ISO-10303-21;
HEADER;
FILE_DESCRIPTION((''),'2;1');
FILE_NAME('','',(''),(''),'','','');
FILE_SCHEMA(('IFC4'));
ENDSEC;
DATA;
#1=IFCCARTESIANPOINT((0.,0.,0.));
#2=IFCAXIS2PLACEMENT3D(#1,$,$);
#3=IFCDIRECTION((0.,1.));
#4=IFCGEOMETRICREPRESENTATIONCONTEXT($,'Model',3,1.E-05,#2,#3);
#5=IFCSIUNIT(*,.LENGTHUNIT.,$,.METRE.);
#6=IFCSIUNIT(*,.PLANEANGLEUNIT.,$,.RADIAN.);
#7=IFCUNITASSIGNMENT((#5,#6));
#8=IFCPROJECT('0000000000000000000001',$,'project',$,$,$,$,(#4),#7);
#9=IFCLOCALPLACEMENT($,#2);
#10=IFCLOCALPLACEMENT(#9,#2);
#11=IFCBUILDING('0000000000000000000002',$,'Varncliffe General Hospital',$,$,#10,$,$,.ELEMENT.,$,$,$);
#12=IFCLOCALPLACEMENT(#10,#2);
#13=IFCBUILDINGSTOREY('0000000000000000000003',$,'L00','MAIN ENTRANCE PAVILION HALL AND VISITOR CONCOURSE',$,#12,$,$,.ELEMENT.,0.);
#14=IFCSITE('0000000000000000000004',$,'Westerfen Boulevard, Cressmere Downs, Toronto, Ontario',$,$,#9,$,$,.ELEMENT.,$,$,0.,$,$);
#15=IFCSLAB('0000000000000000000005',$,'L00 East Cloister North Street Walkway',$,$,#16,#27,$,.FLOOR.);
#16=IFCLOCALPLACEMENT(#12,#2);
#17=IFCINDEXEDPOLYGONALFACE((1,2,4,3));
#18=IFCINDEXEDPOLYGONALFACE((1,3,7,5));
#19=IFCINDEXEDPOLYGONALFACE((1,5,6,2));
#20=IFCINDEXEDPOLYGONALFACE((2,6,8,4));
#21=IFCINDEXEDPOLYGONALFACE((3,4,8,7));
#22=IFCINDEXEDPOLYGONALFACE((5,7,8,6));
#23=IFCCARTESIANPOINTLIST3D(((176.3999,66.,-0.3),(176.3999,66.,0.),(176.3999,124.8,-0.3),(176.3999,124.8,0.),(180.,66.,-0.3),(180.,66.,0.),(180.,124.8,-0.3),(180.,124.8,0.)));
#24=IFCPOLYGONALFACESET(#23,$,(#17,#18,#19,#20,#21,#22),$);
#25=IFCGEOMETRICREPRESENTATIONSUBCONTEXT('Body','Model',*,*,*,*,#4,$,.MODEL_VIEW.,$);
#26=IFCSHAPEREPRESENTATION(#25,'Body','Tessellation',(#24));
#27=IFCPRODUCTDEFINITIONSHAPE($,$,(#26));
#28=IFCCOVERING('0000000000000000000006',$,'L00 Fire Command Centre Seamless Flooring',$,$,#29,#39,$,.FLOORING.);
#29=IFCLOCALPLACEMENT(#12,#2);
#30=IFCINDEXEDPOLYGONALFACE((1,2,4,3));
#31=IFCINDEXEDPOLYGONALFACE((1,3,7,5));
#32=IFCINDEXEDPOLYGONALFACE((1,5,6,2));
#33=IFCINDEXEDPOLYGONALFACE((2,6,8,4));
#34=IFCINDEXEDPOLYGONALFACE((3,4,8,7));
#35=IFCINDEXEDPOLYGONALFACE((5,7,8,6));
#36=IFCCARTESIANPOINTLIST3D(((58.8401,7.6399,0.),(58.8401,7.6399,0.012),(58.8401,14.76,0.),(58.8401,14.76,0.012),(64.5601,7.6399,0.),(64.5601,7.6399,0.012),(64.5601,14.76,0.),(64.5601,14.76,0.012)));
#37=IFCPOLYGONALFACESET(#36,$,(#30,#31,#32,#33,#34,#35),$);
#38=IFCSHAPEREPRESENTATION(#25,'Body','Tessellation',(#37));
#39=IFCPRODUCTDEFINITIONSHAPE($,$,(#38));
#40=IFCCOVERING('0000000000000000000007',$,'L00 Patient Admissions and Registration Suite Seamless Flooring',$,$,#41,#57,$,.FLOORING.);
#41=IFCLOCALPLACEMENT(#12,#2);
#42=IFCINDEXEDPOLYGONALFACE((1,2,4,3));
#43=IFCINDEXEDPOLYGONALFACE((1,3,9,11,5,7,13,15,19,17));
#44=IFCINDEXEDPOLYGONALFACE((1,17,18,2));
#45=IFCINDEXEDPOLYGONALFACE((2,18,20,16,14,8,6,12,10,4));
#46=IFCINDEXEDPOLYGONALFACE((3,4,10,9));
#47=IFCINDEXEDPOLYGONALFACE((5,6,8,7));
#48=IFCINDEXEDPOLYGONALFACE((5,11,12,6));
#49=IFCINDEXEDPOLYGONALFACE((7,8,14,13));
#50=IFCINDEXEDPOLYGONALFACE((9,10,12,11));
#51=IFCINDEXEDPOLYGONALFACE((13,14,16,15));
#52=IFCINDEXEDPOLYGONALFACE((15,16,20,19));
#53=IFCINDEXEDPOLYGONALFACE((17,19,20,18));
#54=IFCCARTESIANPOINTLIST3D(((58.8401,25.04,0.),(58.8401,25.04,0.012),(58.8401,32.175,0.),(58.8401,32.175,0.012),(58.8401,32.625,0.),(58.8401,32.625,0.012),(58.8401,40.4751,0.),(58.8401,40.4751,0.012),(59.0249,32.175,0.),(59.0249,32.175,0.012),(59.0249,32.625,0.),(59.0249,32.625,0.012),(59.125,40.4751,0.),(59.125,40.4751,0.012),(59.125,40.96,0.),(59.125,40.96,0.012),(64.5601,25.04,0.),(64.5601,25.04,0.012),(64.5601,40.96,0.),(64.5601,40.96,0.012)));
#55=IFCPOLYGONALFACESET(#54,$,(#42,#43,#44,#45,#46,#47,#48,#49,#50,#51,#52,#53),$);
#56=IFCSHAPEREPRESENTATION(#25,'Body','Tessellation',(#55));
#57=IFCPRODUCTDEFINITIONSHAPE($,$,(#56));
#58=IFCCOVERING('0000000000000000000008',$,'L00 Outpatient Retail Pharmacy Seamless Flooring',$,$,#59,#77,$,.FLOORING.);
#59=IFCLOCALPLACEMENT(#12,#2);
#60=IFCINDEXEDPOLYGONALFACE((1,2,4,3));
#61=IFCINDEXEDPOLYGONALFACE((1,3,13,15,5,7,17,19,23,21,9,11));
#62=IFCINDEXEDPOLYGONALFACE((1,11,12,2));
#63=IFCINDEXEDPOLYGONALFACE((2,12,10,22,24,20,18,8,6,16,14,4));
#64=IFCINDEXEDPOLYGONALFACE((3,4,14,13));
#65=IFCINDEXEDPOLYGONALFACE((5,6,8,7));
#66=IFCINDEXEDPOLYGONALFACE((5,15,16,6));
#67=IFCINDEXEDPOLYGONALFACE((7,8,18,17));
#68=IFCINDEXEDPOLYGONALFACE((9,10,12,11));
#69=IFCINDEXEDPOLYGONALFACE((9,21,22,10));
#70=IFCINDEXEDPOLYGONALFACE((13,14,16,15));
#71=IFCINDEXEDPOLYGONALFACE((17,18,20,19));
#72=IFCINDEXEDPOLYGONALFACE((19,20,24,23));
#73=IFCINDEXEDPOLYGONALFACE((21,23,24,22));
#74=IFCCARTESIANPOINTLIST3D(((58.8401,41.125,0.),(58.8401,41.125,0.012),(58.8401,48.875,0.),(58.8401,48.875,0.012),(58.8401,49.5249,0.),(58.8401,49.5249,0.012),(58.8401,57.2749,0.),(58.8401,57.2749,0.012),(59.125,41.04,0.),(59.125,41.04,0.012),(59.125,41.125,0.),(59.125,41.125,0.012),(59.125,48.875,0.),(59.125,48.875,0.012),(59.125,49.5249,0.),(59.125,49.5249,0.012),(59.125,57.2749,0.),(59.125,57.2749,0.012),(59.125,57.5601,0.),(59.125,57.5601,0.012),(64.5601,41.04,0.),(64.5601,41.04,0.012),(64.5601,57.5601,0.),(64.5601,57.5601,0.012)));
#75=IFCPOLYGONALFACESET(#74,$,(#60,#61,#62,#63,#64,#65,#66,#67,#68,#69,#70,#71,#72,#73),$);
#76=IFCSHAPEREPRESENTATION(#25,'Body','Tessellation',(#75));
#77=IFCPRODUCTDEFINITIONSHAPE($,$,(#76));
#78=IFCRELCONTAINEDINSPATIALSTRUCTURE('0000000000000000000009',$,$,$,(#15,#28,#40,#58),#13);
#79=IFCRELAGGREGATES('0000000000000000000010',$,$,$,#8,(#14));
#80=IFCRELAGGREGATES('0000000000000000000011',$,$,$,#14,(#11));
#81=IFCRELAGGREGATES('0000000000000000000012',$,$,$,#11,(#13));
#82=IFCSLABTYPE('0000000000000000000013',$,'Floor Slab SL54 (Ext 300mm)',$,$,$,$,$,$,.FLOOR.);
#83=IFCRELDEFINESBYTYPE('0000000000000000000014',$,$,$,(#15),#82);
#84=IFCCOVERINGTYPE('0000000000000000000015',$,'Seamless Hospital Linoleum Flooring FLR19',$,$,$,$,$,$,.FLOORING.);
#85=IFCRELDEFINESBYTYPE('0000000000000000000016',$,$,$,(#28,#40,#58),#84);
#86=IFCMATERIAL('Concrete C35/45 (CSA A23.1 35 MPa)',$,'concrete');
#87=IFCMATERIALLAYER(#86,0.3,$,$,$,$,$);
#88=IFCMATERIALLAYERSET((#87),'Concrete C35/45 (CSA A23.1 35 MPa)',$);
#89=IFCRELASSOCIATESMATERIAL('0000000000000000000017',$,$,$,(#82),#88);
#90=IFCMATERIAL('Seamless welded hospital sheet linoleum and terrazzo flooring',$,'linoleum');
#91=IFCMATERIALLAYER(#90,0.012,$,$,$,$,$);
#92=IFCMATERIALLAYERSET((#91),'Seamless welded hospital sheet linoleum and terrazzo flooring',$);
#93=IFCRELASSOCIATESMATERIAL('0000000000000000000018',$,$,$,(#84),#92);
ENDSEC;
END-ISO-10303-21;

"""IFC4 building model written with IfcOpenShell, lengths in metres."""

from ifc_helpers import new_model, si_unit, direction, frame, origin, place, context, subcontext, project, spatial, polyline, outline, extrude, material, layer, layer_set, type_object, element, save


model = new_model("IFC4")

# Units and contexts
model_context = context("Model", 3, precision=1e-05, world=origin(), true_north=direction((0.0, 1.0)))
body_context = subcontext(model_context, "Body", "Model", "MODEL_VIEW")
ifc_project = project(units=[si_unit("LENGTHUNIT", "METRE"), si_unit("PLANEANGLEUNIT", "RADIAN")], contexts=[model_context])

# Site, building, storey
site_placement = place(None, origin())
site = spatial("IfcSite", under=ifc_project, at=site_placement, Name="Westerfen Boulevard, Cressmere Downs, Toronto, Ontario", CompositionType="ELEMENT", RefElevation=0.0)
building_placement = place(site_placement, origin())
building = spatial("IfcBuilding", under=site, at=building_placement, Name="Varncliffe General Hospital", CompositionType="ELEMENT")
storey_placement = place(building_placement, origin())
storey = spatial("IfcBuildingStorey", under=building, at=storey_placement, Name="L00", Description="MAIN ENTRANCE PAVILION HALL AND VISITOR CONCOURSE", CompositionType="ELEMENT", Elevation=0.0)

# Shared definitions
ifc_material_1 = material(Name="Concrete C35/45 (CSA A23.1 35 MPa)", Category="concrete")

# Slab
ifc_layer_1 = layer(ifc_material_1, 0.3)
ifc_layer_set_1 = layer_set([ifc_layer_1], Name="Concrete C35/45 (CSA A23.1 35 MPa)")
slab_type_1 = type_object("IfcSlabType", Name="Floor Slab SL54 (Ext 300mm)", PredefinedType="FLOOR", material=ifc_layer_set_1)
slab_1_placement = place(storey_placement, frame((0.0, 0.0, -0.3)))
element("IfcSlab", 1, at=slab_1_placement, inside=storey, type_object=slab_type_1, Name="L00 East Cloister North Street Walkway", PredefinedType="FLOOR", context=body_context, shape_type="SweptSolid", body=[
    extrude(outline(polyline([(176.3999, 66.0), (180.0, 66.0), (180.0, 124.8), (176.3999, 124.8), (176.3999, 66.0)])), origin(), (0.0, 0.0, 1.0), 0.3),
])

# Coverings
ifc_material_2 = material(Name="Seamless welded hospital sheet linoleum and terrazzo flooring", Category="linoleum")
ifc_layer_2 = layer(ifc_material_2, 0.012)
ifc_layer_set_2 = layer_set([ifc_layer_2], Name="Seamless welded hospital sheet linoleum and terrazzo flooring")
covering_type = type_object("IfcCoveringType", Name="Seamless Hospital Linoleum Flooring FLR19", PredefinedType="FLOORING", material=ifc_layer_set_2)
covering_1_placement = place(storey_placement, origin())
element("IfcCovering", 2, at=covering_1_placement, inside=storey, type_object=covering_type, Name="L00 Fire Command Centre Seamless Flooring", PredefinedType="FLOORING", context=body_context, shape_type="SweptSolid", body=[
    extrude(outline(polyline([(64.5601, 7.6399), (64.5601, 14.76), (58.8401, 14.76), (58.8401, 7.6399), (64.5601, 7.6399)])), origin(), (0.0, 0.0, 1.0), 0.012),
])
covering_2_placement = place(storey_placement, origin())
element("IfcCovering", 3, at=covering_2_placement, inside=storey, type_object=covering_type, Name="L00 Patient Admissions and Registration Suite Seamless Flooring", PredefinedType="FLOORING", context=body_context, shape_type="SweptSolid", body=[
    extrude(outline(polyline([(64.5601, 40.96), (64.5601, 25.04), (58.8401, 25.04), (58.8401, 32.175), (59.0249, 32.175), (59.0249, 32.625), (58.8401, 32.625), (58.8401, 40.4751), (59.125, 40.4751), (59.125, 40.96), (64.5601, 40.96)])), origin(), (0.0, 0.0, 1.0), 0.012),
])
covering_3_placement = place(storey_placement, origin())
element("IfcCovering", 4, at=covering_3_placement, inside=storey, type_object=covering_type, Name="L00 Outpatient Retail Pharmacy Seamless Flooring", PredefinedType="FLOORING", context=body_context, shape_type="SweptSolid", body=[
    extrude(outline(polyline([(64.5601, 41.04), (59.125, 41.04), (59.125, 41.125), (58.8401, 41.125), (58.8401, 48.875), (59.125, 48.875), (59.125, 49.5249), (58.8401, 49.5249), (58.8401, 57.2749), (59.125, 57.2749), (59.125, 57.5601), (64.5601, 57.5601), (64.5601, 41.04)])), origin(), (0.0, 0.0, 1.0), 0.012),
])

save(model, "model.ifc")
